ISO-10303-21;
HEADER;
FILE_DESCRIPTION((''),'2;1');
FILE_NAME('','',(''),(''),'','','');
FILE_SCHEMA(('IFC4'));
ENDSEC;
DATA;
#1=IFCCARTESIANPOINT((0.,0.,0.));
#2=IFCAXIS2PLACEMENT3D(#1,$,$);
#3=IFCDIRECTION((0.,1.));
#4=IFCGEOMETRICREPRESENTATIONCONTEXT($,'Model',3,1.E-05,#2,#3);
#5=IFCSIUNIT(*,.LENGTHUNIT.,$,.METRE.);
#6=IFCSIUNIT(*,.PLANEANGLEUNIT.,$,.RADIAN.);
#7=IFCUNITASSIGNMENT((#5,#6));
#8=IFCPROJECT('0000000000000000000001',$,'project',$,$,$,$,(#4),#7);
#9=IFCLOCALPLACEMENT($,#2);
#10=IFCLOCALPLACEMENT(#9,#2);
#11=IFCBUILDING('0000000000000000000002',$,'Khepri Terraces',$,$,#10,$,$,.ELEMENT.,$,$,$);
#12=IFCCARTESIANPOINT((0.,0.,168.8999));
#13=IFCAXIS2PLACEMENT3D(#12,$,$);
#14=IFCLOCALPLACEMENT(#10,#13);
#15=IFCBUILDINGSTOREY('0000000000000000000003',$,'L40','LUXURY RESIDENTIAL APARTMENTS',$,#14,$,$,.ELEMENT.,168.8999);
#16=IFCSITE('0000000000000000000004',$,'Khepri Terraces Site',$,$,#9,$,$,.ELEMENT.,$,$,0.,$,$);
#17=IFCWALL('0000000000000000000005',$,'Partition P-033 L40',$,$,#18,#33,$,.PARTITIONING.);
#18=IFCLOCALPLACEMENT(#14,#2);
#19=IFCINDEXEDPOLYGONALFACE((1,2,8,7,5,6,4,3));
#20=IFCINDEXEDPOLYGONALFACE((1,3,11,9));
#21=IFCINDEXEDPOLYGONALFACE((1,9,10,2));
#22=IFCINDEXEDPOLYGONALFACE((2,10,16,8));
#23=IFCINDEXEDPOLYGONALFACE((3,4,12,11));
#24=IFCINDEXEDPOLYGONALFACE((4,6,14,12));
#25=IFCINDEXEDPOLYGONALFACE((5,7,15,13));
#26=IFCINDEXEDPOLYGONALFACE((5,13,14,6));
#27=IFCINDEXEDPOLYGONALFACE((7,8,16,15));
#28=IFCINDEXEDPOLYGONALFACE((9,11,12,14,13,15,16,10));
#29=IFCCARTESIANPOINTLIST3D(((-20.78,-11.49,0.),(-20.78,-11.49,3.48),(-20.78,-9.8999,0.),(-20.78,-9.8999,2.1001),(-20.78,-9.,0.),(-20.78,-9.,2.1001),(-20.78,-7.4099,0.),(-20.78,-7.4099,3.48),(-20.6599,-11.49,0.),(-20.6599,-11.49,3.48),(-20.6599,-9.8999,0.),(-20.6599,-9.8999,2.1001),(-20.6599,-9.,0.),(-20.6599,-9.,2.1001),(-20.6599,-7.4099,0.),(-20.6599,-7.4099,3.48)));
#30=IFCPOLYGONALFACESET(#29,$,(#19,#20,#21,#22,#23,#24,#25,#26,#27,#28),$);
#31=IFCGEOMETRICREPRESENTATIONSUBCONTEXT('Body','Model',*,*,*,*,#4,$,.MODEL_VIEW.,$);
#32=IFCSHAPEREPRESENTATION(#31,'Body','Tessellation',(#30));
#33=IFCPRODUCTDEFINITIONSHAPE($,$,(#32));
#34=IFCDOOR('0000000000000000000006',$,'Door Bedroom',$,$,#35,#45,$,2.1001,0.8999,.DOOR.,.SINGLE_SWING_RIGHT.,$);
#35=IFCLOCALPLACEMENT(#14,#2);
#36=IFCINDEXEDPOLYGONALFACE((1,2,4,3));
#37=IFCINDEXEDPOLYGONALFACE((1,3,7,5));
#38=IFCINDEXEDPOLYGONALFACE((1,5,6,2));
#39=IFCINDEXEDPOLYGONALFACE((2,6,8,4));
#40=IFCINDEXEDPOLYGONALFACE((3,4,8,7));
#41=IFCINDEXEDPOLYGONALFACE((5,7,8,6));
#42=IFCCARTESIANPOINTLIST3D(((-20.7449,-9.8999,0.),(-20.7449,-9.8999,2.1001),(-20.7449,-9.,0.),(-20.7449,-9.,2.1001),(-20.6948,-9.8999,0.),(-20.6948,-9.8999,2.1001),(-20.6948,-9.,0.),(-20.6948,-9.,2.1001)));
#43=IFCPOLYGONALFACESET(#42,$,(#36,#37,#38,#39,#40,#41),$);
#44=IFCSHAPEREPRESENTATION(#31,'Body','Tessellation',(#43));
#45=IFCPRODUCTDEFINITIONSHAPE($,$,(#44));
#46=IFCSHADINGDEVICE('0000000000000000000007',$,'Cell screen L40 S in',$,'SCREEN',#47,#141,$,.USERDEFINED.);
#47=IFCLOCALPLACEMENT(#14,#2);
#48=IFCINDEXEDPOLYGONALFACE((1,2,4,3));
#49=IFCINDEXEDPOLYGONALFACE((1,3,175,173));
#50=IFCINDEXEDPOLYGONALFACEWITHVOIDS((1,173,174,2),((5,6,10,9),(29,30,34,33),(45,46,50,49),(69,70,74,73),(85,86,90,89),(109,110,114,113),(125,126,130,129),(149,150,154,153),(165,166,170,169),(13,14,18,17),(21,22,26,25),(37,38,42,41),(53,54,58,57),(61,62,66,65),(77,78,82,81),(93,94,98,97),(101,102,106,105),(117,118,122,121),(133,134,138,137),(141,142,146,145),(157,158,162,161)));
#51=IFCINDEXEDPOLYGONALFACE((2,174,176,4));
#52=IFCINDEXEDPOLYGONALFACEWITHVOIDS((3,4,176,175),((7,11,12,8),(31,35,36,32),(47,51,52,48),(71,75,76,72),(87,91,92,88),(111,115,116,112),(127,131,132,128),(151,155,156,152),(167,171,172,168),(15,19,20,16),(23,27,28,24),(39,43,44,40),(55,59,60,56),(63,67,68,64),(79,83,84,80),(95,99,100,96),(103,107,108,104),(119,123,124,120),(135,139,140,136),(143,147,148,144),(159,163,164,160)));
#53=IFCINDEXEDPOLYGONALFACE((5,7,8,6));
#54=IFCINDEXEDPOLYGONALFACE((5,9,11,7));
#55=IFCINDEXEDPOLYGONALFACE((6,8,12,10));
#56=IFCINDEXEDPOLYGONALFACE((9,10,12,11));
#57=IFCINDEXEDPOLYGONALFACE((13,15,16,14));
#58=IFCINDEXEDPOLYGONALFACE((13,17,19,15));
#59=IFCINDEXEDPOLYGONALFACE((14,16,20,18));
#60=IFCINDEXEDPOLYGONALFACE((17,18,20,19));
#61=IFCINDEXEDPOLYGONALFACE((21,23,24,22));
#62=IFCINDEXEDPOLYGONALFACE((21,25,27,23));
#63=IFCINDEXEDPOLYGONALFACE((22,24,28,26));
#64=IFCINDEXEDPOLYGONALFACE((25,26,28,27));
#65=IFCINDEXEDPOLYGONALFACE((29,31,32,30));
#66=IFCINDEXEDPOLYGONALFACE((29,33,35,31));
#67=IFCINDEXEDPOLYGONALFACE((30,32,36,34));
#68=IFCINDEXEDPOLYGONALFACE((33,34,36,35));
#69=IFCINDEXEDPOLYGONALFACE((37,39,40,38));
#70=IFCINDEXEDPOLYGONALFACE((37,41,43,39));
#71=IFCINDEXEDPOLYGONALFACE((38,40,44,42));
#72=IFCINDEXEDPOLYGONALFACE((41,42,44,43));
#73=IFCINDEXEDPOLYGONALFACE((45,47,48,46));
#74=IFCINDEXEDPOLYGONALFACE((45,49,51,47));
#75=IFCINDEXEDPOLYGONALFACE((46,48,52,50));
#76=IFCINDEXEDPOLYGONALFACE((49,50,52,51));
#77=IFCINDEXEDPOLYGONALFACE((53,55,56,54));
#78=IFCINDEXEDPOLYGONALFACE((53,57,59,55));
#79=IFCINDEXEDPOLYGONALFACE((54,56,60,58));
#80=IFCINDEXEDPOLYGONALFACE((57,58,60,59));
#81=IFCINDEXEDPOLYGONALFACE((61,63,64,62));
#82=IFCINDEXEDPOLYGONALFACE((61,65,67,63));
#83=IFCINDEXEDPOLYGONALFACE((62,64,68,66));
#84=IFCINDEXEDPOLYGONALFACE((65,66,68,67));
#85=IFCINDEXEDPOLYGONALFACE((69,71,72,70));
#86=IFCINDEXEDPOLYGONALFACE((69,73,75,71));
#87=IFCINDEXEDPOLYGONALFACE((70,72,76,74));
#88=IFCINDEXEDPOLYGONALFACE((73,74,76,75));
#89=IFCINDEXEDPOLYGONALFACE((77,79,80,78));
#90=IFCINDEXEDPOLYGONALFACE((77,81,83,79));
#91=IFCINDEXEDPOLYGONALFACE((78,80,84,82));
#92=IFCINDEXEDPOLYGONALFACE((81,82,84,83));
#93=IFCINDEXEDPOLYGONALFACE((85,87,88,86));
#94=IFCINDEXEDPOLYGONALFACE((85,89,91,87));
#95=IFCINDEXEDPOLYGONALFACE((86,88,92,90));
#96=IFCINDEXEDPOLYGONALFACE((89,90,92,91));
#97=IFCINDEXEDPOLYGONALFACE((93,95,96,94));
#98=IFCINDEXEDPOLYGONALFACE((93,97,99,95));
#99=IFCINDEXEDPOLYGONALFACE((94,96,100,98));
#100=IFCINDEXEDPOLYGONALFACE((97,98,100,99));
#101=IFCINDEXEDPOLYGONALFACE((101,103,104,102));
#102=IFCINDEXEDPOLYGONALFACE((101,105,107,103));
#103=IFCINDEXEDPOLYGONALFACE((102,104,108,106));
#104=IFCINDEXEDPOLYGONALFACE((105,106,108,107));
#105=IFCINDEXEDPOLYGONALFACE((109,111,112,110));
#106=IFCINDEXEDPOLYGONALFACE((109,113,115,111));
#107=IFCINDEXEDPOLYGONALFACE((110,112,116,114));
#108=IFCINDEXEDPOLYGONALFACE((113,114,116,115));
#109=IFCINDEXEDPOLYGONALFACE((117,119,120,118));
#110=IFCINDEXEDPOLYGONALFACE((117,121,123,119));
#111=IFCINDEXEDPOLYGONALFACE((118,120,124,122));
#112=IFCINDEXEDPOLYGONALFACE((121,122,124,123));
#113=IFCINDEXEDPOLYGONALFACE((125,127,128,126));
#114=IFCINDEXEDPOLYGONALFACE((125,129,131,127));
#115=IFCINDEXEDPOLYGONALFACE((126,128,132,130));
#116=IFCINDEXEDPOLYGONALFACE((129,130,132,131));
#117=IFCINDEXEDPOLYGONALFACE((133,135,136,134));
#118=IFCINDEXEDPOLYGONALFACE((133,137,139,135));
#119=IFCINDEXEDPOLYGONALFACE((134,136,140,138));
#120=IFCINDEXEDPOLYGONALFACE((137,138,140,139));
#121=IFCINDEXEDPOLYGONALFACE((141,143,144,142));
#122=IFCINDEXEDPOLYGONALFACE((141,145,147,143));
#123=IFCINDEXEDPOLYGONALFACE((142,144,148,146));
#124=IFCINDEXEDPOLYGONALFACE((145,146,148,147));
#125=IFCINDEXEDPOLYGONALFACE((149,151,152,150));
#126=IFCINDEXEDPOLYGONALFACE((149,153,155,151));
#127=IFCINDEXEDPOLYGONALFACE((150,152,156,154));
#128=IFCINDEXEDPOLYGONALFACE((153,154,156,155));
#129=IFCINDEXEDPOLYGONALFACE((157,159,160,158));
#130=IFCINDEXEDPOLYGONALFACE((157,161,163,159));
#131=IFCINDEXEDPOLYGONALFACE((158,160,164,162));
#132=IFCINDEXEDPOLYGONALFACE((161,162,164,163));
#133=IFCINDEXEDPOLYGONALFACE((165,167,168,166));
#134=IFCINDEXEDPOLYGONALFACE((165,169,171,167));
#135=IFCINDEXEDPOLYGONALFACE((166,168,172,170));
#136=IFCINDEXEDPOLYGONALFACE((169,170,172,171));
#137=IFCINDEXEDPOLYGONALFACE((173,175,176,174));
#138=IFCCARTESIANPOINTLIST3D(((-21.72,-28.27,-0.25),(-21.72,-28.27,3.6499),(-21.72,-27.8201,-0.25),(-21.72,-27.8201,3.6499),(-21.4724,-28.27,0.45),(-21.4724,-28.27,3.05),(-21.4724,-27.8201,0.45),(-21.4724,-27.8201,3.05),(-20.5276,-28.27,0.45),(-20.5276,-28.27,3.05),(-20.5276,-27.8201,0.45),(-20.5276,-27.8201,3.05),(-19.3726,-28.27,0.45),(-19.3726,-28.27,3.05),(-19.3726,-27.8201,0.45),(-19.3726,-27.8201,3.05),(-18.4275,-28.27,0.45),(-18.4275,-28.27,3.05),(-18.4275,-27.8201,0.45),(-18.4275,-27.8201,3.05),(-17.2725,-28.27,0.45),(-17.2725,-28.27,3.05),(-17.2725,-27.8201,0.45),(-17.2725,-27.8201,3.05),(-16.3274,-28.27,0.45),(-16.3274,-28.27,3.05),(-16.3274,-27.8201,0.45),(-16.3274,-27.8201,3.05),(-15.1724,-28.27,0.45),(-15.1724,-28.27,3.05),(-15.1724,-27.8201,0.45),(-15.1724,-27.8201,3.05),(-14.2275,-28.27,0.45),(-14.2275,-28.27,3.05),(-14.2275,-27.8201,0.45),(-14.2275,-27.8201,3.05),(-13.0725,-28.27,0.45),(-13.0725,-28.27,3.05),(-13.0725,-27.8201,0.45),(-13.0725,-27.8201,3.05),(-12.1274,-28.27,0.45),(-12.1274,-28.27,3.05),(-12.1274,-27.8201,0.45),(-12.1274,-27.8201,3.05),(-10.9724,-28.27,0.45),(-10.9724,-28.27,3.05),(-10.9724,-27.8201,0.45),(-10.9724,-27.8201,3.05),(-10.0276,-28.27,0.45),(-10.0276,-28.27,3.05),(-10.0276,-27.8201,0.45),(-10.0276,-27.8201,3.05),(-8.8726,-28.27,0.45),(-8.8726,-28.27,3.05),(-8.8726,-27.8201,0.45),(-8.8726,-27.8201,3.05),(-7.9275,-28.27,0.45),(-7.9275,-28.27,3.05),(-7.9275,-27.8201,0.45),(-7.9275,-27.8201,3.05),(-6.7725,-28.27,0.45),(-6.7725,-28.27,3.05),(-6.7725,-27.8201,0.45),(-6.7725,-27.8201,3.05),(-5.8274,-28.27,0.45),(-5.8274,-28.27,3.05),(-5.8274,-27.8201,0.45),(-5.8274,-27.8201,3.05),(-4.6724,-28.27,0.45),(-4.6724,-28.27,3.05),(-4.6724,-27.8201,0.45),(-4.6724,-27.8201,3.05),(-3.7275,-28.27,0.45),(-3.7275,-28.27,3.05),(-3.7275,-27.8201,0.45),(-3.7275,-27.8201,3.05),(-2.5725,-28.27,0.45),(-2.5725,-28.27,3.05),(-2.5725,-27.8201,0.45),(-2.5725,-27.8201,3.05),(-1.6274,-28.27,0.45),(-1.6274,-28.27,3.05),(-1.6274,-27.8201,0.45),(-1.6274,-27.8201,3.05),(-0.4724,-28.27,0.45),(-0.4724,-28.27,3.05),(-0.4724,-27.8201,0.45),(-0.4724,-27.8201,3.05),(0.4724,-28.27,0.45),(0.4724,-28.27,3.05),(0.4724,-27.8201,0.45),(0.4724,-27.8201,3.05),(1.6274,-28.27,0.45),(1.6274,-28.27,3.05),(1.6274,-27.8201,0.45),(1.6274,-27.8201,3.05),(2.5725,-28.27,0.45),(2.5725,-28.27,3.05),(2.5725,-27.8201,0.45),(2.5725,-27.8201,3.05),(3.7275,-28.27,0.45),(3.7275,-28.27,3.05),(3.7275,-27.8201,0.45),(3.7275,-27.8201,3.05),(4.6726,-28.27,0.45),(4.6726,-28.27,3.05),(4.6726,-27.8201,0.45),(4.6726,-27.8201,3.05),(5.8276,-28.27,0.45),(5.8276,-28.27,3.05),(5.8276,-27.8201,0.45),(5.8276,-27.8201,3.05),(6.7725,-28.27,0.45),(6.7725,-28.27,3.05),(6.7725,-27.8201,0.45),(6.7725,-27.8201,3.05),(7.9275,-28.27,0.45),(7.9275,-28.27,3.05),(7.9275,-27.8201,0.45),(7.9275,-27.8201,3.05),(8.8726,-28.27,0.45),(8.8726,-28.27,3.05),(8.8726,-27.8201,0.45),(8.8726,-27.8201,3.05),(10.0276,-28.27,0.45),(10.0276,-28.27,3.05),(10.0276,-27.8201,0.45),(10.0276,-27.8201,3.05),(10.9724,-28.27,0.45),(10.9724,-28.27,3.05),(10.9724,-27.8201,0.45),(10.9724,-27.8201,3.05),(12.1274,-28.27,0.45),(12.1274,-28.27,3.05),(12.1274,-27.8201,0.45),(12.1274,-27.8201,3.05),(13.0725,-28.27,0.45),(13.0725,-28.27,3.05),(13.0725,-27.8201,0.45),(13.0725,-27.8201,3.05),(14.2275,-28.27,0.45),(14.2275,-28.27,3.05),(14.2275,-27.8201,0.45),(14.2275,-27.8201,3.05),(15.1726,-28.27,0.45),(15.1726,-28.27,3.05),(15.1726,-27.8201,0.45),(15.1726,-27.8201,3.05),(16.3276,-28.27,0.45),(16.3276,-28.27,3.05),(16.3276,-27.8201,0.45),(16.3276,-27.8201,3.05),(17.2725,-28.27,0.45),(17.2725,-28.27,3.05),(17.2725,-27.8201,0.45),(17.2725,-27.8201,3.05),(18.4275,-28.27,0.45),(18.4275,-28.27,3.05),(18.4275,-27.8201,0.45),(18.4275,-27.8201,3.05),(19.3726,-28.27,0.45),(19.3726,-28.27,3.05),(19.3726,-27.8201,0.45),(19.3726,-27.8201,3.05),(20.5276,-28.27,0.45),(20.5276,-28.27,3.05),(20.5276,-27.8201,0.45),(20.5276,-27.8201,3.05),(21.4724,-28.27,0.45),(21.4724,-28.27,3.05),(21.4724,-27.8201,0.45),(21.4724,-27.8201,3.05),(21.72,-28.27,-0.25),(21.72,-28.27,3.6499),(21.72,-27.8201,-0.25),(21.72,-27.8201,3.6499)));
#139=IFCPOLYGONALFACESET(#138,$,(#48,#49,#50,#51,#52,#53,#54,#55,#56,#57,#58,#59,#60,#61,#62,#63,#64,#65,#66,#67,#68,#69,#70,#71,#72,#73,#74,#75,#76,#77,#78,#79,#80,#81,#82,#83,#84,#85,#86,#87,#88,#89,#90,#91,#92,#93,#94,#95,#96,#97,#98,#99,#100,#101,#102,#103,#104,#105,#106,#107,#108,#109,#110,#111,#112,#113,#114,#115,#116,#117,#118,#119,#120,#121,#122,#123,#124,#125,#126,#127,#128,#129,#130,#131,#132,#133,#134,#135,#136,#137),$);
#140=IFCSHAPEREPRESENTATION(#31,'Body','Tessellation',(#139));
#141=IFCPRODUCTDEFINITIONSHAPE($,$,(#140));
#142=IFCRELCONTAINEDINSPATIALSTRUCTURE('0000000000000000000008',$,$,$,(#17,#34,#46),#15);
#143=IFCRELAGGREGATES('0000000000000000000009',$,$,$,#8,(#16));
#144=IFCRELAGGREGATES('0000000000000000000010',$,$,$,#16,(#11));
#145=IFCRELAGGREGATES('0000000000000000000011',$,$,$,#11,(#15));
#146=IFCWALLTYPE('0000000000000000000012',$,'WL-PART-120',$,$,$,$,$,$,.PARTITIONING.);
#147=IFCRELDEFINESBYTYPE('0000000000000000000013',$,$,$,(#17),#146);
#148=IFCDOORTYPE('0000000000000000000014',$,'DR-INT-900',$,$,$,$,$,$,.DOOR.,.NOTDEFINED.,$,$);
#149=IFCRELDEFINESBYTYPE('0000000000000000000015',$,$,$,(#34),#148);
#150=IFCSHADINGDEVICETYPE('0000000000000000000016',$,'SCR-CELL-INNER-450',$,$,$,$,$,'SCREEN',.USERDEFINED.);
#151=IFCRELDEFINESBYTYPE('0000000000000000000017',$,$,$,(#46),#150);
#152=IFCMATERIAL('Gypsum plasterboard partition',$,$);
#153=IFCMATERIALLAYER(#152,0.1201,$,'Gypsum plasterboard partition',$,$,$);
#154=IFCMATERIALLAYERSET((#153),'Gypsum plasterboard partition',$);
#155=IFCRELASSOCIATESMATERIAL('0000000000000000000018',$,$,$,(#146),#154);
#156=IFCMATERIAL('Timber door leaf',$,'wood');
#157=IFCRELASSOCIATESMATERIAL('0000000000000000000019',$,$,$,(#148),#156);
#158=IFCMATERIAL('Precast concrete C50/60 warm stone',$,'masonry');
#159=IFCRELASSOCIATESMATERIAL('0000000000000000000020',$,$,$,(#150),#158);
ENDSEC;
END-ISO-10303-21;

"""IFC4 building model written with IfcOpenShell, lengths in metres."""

from ifc_helpers import new_model, si_unit, direction, frame, frame_2d, origin, place, context, subcontext, project, spatial, polyline, rectangle, outline, extrude, material, layer, layer_set, type_object, element, fill, save


model = new_model("IFC4")

# Units and contexts
model_context = context("Model", 3, precision=1e-05, world=origin(), true_north=direction((0.0, 1.0)))
body_context = subcontext(model_context, "Body", "Model", "MODEL_VIEW")
ifc_project = project(units=[si_unit("LENGTHUNIT", "METRE"), si_unit("PLANEANGLEUNIT", "RADIAN")], contexts=[model_context])

# Site, building, storey
site_placement = place(None, origin())
site = spatial("IfcSite", under=ifc_project, at=site_placement, Name="Khepri Terraces Site", CompositionType="ELEMENT", RefElevation=0.0)
building_placement = place(site_placement, origin())
building = spatial("IfcBuilding", under=site, at=building_placement, Name="Khepri Terraces", CompositionType="ELEMENT")
storey_placement = place(building_placement, frame((0.0, 0.0, 168.8999)))
storey = spatial("IfcBuildingStorey", under=building, at=storey_placement, Name="L40", Description="LUXURY RESIDENTIAL APARTMENTS", CompositionType="ELEMENT", Elevation=168.8999)

# Shared definitions
ifc_material_1 = material(Name="Precast concrete C50/60 warm stone", Category="masonry")

# Shared definitions
ifc_material_2 = material(Name="Gypsum plasterboard partition")
ifc_layer_1 = layer(ifc_material_2, 0.1201, Name="Gypsum plasterboard partition")
ifc_layer_set_1 = layer_set([ifc_layer_1], Name="Gypsum plasterboard partition")
wall_type_1 = type_object("IfcWallType", Name="WL-PART-120", PredefinedType="PARTITIONING", material=ifc_layer_set_1)
ifc_material_3 = material(Name="Timber door leaf", Category="wood")
door_type_1 = type_object("IfcDoorType", Name="DR-INT-900", OperationType="NOTDEFINED", PredefinedType="DOOR", material=ifc_material_3)

# Wall, opening, door
wall_1_placement = place(storey_placement, frame((-20.72, -11.49, 0.0), z_axis=(0.0, 0.0, 1.0), x_axis=(0.0, 1.0, 0.0)))
wall_1 = element("IfcWall", 1, at=wall_1_placement, inside=storey, type_object=wall_type_1, Name="Partition P-033 L40", PredefinedType="PARTITIONING", context=body_context, shape_type="SweptSolid", body=[
    extrude(rectangle(XDim=4.0801, YDim=0.1201, at=frame_2d((2.04, 0.0))), origin(), (0.0, 0.0, 1.0), 3.48),
])
opening_1_placement = place(wall_1_placement, frame((1.5901, 0.0, 0.0)))
opening_1 = element("IfcOpeningElement", 2, at=opening_1_placement, cuts=wall_1, PredefinedType="OPENING", context=body_context, shape_type="SweptSolid", body=[
    extrude(rectangle(XDim=0.8999, YDim=2.1001, at=frame_2d((0.45, 1.05))), frame((0.0, 0.0701, 0.0), z_axis=(0.0, -1.0, 0.0), x_axis=(1.0, 0.0, 0.0)), (0.0, 0.0, 1.0), 0.1401),
])
door_1_placement = place(opening_1_placement, origin())
door_1 = element("IfcDoor", 3, at=door_1_placement, inside=storey, type_object=door_type_1, Name="Door Bedroom", OperationType="SINGLE_SWING_RIGHT", OverallHeight=2.1001, OverallWidth=0.8999, PredefinedType="DOOR", context=body_context, shape_type="SweptSolid", body=[
    extrude(rectangle(XDim=0.8999, YDim=2.1001, at=frame_2d((0.45, 1.05))), frame((0.0, 0.0249, 0.0), z_axis=(0.0, -1.0, 0.0), x_axis=(1.0, 0.0, 0.0)), (0.0, 0.0, 1.0), 0.05),
])
fill(opening_1, door_1)

# Shading device
shading_device_type_1 = type_object("IfcShadingDeviceType", Name="SCR-CELL-INNER-450", ElementType="SCREEN", PredefinedType="USERDEFINED", material=ifc_material_1)
shading_device_1_placement = place(storey_placement, frame((-21.72, -27.8201, -0.25), z_axis=(0.0, -1.0, 0.0), x_axis=(1.0, 0.0, 0.0)))
element("IfcShadingDevice", 4, at=shading_device_1_placement, inside=storey, type_object=shading_device_type_1, Name="Cell screen L40 S in", ObjectType="SCREEN", PredefinedType="USERDEFINED", context=body_context, shape_type="SweptSolid", body=[
    extrude(outline(polyline([(0.0, 0.0), (43.4399, 0.0), (43.4399, 3.8999), (0.0, 3.8999), (0.0, 0.0)]), holes=[polyline([(0.2476, 0.7), (1.1924, 0.7), (1.1924, 3.3), (0.2476, 3.3), (0.2476, 0.7)]), polyline([(2.3474, 0.7), (3.2925, 0.7), (3.2925, 3.3), (2.3474, 3.3), (2.3474, 0.7)]), polyline([(4.4475, 0.7), (5.3926, 0.7), (5.3926, 3.3), (4.4475, 3.3), (4.4475, 0.7)]), polyline([(6.5476, 0.7), (7.4924, 0.7), (7.4924, 3.3), (6.5476, 3.3), (6.5476, 0.7)]), polyline([(8.6475, 0.7), (9.5925, 0.7), (9.5925, 3.3), (8.6475, 3.3), (8.6475, 0.7)]), polyline([(10.7476, 0.7), (11.6924, 0.7), (11.6924, 3.3), (10.7476, 3.3), (10.7476, 0.7)]), polyline([(12.8474, 0.7), (13.7925, 0.7), (13.7925, 3.3), (12.8474, 3.3), (12.8474, 0.7)]), polyline([(14.9475, 0.7), (15.8926, 0.7), (15.8926, 3.3), (14.9475, 3.3), (14.9475, 0.7)]), polyline([(17.0476, 0.7), (17.9924, 0.7), (17.9924, 3.3), (17.0476, 3.3), (17.0476, 0.7)]), polyline([(19.1475, 0.7), (20.0925, 0.7), (20.0925, 3.3), (19.1475, 3.3), (19.1475, 0.7)]), polyline([(21.2476, 0.7), (22.1924, 0.7), (22.1924, 3.3), (21.2476, 3.3), (21.2476, 0.7)]), polyline([(23.3474, 0.7), (24.2925, 0.7), (24.2925, 3.3), (23.3474, 3.3), (23.3474, 0.7)]), polyline([(25.4475, 0.7), (26.3926, 0.7), (26.3926, 3.3), (25.4475, 3.3), (25.4475, 0.7)]), polyline([(27.5476, 0.7), (28.4924, 0.7), (28.4924, 3.3), (27.5476, 3.3), (27.5476, 0.7)]), polyline([(29.6475, 0.7), (30.5925, 0.7), (30.5925, 3.3), (29.6475, 3.3), (29.6475, 0.7)]), polyline([(31.7476, 0.7), (32.6924, 0.7), (32.6924, 3.3), (31.7476, 3.3), (31.7476, 0.7)]), polyline([(33.8474, 0.7), (34.7925, 0.7), (34.7925, 3.3), (33.8474, 3.3), (33.8474, 0.7)]), polyline([(35.9475, 0.7), (36.8926, 0.7), (36.8926, 3.3), (35.9475, 3.3), (35.9475, 0.7)]), polyline([(38.0476, 0.7), (38.9924, 0.7), (38.9924, 3.3), (38.0476, 3.3), (38.0476, 0.7)]), polyline([(40.1475, 0.7), (41.0925, 0.7), (41.0925, 3.3), (40.1475, 3.3), (40.1475, 0.7)]), polyline([(42.2476, 0.7), (43.1924, 0.7), (43.1924, 3.3), (42.2476, 3.3), (42.2476, 0.7)])]), origin(), (0.0, 0.0, 1.0), 0.45),
])

save(model, "model.ifc")
